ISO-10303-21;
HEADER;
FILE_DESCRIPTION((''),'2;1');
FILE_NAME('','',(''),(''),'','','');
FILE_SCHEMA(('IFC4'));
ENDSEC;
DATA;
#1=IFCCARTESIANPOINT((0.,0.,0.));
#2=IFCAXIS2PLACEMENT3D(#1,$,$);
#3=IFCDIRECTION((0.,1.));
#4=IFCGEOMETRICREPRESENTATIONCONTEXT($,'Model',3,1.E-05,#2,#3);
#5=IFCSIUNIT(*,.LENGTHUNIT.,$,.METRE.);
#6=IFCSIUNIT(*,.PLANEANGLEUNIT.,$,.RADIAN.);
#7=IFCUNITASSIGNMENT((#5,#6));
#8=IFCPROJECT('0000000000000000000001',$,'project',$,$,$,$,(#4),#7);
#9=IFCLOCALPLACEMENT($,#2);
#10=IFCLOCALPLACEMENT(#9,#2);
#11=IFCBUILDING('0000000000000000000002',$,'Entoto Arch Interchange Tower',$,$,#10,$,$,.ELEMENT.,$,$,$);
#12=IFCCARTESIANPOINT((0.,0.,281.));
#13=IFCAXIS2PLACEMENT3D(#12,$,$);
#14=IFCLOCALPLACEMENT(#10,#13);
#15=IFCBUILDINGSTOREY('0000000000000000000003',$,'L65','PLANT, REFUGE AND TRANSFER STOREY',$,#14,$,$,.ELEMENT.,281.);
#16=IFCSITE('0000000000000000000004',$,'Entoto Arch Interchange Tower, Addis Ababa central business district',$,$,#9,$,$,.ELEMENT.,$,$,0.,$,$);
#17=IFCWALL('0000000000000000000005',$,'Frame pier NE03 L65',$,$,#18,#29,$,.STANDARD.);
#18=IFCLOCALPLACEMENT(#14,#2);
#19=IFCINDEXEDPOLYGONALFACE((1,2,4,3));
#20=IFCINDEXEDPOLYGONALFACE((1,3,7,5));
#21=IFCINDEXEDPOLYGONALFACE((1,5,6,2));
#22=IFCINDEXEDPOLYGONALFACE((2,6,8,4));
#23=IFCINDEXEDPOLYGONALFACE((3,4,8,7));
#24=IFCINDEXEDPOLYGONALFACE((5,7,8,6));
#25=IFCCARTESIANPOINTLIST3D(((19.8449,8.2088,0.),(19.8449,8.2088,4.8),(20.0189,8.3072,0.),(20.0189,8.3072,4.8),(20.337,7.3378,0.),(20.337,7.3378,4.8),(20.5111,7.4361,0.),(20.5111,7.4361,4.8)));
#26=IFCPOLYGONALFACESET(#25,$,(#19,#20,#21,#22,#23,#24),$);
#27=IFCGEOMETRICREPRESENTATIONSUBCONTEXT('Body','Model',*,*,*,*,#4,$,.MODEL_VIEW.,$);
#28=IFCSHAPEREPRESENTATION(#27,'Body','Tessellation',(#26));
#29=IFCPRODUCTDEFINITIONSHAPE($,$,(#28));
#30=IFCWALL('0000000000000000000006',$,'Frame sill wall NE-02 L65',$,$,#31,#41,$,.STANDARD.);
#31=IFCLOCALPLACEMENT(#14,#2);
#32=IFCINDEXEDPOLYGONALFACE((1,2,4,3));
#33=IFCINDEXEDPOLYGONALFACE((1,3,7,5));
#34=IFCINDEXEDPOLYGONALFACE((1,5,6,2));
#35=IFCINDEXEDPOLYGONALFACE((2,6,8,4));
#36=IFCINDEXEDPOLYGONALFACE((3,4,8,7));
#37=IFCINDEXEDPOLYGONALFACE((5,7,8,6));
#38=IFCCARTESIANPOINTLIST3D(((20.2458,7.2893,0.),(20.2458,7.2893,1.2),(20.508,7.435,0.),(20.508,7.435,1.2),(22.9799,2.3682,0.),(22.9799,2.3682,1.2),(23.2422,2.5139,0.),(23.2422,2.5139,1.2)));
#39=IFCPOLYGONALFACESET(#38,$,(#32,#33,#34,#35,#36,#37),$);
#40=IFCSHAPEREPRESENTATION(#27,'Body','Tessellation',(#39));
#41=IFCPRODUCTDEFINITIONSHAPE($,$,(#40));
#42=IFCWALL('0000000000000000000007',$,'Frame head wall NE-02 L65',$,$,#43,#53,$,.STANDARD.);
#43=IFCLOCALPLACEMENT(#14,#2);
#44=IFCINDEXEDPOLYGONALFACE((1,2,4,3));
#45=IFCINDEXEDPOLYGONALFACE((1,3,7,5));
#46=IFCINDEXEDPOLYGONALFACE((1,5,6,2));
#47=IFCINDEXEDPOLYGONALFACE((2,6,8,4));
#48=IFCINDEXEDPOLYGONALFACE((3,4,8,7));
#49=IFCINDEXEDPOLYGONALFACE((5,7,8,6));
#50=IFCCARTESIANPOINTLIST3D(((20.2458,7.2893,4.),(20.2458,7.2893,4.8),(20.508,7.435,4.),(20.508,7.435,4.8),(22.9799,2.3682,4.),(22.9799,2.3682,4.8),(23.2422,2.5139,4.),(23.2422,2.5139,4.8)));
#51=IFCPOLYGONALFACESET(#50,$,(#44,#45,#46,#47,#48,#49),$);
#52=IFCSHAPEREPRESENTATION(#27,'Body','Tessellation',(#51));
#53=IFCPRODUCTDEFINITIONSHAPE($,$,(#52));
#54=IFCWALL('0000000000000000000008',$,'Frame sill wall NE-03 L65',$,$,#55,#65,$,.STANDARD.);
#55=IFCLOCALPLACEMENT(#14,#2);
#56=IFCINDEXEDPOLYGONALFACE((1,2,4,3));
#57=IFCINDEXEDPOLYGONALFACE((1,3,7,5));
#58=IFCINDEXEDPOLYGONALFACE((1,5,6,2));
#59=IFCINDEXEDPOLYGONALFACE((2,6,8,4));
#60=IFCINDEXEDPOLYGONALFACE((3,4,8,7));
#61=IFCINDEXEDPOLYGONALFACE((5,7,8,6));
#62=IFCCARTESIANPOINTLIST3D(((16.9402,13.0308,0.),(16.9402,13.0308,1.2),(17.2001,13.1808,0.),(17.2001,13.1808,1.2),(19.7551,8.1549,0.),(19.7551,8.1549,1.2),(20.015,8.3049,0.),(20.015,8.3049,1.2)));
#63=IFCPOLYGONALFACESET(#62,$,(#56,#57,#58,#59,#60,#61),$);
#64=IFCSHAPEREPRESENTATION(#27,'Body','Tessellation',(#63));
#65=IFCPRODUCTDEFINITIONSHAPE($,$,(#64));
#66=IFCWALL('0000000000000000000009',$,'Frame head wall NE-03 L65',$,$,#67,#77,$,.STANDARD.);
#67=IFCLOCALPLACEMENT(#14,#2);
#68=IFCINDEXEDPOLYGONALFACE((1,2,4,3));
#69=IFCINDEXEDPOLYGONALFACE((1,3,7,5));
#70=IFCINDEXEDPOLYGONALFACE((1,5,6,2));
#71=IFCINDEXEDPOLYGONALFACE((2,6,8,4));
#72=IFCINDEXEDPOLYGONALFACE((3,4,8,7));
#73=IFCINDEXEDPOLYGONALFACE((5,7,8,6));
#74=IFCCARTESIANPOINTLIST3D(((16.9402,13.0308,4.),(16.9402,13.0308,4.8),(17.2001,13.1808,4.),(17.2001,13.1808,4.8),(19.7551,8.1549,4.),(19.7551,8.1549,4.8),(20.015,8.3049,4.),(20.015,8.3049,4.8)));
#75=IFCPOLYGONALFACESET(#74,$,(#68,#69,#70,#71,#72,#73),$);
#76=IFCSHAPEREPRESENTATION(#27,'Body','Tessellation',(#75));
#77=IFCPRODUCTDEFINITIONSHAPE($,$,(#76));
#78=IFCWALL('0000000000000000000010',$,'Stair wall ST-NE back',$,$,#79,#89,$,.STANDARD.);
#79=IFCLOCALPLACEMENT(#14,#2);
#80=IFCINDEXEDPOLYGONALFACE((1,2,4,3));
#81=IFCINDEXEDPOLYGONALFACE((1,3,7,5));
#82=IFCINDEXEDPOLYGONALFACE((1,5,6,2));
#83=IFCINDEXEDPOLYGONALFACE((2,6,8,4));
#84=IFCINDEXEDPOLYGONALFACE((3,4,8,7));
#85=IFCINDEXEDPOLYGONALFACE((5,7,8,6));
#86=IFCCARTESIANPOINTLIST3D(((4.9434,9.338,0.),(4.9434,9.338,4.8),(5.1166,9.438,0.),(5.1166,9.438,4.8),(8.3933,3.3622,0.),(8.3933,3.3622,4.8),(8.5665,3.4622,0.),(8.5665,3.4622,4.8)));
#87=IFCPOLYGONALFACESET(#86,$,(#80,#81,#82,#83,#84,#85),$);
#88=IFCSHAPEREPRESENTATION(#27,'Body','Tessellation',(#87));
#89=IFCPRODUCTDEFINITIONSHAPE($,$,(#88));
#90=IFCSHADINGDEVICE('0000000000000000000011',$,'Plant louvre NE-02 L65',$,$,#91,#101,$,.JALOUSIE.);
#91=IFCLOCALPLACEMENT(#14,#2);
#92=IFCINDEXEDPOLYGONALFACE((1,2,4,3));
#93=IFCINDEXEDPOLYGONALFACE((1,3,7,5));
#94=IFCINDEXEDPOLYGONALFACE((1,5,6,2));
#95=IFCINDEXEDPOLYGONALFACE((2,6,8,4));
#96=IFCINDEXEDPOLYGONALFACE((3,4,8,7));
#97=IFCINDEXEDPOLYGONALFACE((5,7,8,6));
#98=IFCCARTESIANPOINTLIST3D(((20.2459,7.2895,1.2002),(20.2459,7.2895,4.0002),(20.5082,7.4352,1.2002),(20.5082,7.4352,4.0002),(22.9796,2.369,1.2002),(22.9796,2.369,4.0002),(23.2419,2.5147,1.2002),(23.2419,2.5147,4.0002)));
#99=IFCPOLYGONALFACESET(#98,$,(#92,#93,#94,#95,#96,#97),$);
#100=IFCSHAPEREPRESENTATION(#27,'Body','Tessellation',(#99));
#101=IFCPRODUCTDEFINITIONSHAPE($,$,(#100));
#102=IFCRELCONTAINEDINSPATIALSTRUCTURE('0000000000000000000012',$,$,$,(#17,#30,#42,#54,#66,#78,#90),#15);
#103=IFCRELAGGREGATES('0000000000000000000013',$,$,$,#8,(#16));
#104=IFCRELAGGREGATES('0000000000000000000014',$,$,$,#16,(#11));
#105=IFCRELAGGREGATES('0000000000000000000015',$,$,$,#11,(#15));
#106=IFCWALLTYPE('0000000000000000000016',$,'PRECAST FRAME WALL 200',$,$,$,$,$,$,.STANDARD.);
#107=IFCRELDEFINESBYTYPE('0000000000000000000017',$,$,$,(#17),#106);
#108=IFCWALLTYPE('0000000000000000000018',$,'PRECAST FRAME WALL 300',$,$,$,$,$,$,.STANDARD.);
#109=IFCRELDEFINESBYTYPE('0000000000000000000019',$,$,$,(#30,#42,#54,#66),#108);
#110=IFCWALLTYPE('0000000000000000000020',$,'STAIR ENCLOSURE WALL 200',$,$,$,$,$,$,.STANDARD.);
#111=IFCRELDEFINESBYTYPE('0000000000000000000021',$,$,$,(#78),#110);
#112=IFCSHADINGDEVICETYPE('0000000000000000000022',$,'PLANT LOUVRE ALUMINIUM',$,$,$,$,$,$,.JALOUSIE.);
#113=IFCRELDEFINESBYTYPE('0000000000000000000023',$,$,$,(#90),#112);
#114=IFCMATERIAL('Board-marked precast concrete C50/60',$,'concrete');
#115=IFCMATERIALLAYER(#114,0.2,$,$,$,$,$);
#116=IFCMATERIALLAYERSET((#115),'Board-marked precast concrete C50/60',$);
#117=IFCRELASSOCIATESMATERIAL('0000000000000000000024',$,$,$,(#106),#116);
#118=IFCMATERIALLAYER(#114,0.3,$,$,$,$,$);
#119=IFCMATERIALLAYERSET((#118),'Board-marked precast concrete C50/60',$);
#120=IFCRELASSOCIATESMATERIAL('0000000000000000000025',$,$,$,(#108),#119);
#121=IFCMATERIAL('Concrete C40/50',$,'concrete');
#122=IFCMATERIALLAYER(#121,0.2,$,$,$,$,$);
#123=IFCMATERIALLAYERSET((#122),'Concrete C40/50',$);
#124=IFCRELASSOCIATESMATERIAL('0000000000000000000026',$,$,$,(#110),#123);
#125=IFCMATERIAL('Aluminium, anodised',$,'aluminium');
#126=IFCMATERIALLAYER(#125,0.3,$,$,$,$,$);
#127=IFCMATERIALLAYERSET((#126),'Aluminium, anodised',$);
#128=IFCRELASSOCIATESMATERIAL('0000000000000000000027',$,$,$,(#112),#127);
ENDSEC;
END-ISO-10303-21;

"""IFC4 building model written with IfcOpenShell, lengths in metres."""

from ifc_helpers import new_model, si_unit, direction, frame, frame_2d, origin, origin_2d, place, context, subcontext, project, spatial, rectangle, extrude, material, layer, layer_set, type_object, element, save


model = new_model("IFC4")

# Units and contexts
model_context = context("Model", 3, precision=1e-05, world=origin(), true_north=direction((0.0, 1.0)))
body_context = subcontext(model_context, "Body", "Model", "MODEL_VIEW")
ifc_project = project(units=[si_unit("LENGTHUNIT", "METRE"), si_unit("PLANEANGLEUNIT", "RADIAN")], contexts=[model_context])

# Site, building, storey
site_placement = place(None, origin())
site = spatial("IfcSite", under=ifc_project, at=site_placement, Name="Entoto Arch Interchange Tower, Addis Ababa central business district", CompositionType="ELEMENT", RefElevation=0.0)
building_placement = place(site_placement, origin())
building = spatial("IfcBuilding", under=site, at=building_placement, Name="Entoto Arch Interchange Tower", CompositionType="ELEMENT")
storey_placement = place(building_placement, frame((0.0, 0.0, 281.0)))
storey = spatial("IfcBuildingStorey", under=building, at=storey_placement, Name="L65", Description="PLANT, REFUGE AND TRANSFER STOREY", CompositionType="ELEMENT", Elevation=281.0)

# Shared definitions
ifc_material_1 = material(Name="Concrete C40/50", Category="concrete")

# Walls
ifc_material_2 = material(Name="Board-marked precast concrete C50/60", Category="concrete")
ifc_layer_1 = layer(ifc_material_2, 0.2)
ifc_layer_set_1 = layer_set([ifc_layer_1], Name="Board-marked precast concrete C50/60")
wall_type_1 = type_object("IfcWallType", Name="PRECAST FRAME WALL 200", PredefinedType="STANDARD", material=ifc_layer_set_1)
for number, where, z_axis, x_axis, name in (
    (1, (20.4241, 7.387, 0.0), (0.0, 0.0, 1.0), (-0.491929, 0.870636, 0.0), "Frame pier NE03 L65"),
):
    element("IfcWall", number, at=place(storey_placement, frame(where, z_axis=z_axis, x_axis=x_axis)), inside=storey, type_object=wall_type_1, Name=name, PredefinedType="STANDARD", context=body_context, shape_type="SweptSolid", body=[
        extrude(rectangle(XDim=1.0005, YDim=0.2, at=frame_2d((0.5002, 0.0))), origin(), (0.0, 0.0, 1.0), 4.8),
    ])
ifc_layer_2 = layer(ifc_material_2, 0.3)
ifc_layer_set_2 = layer_set([ifc_layer_2], Name="Board-marked precast concrete C50/60")
wall_type_2 = type_object("IfcWallType", Name="PRECAST FRAME WALL 300", PredefinedType="STANDARD", material=ifc_layer_set_2)
wall_1_placement = place(storey_placement, frame((23.1111, 2.4409, 0.0), z_axis=(0.0, 0.0, 1.0), x_axis=(-0.485665, 0.874145, 0.0)))
element("IfcWall", 2, at=wall_1_placement, inside=storey, type_object=wall_type_2, Name="Frame sill wall NE-02 L65", PredefinedType="STANDARD", context=body_context, shape_type="SweptSolid", body=[
    extrude(rectangle(XDim=5.6296, YDim=0.3, at=frame_2d((2.8149, 0.0))), origin(), (0.0, 0.0, 1.0), 1.2),
])
wall_2_placement = place(storey_placement, frame((23.1111, 2.4409, 4.0), z_axis=(0.0, 0.0, 1.0), x_axis=(-0.485665, 0.874145, 0.0)))
element("IfcWall", 3, at=wall_2_placement, inside=storey, type_object=wall_type_2, Name="Frame head wall NE-02 L65", PredefinedType="STANDARD", context=body_context, shape_type="SweptSolid", body=[
    extrude(rectangle(XDim=5.6296, YDim=0.3, at=frame_2d((2.8149, 0.0))), origin(), (0.0, 0.0, 1.0), 0.8),
])
wall_3_placement = place(storey_placement, frame((19.885, 8.23, 0.0), z_axis=(0.0, 0.0, 1.0), x_axis=(-0.499973, 0.866041, 0.0)))
element("IfcWall", 4, at=wall_3_placement, inside=storey, type_object=wall_type_2, Name="Frame sill wall NE-03 L65", PredefinedType="STANDARD", context=body_context, shape_type="SweptSolid", body=[
    extrude(rectangle(XDim=5.6301, YDim=0.3, at=frame_2d((2.8149, 0.0))), origin(), (0.0, 0.0, 1.0), 1.2),
])
wall_4_placement = place(storey_placement, frame((19.885, 8.23, 4.0), z_axis=(0.0, 0.0, 1.0), x_axis=(-0.499973, 0.866041, 0.0)))
element("IfcWall", 5, at=wall_4_placement, inside=storey, type_object=wall_type_2, Name="Frame head wall NE-03 L65", PredefinedType="STANDARD", context=body_context, shape_type="SweptSolid", body=[
    extrude(rectangle(XDim=5.6301, YDim=0.3, at=frame_2d((2.8149, 0.0))), origin(), (0.0, 0.0, 1.0), 0.8),
])
ifc_layer_3 = layer(ifc_material_1, 0.2)
ifc_layer_set_3 = layer_set([ifc_layer_3], Name="Concrete C40/50")
wall_type_3 = type_object("IfcWallType", Name="STAIR ENCLOSURE WALL 200", PredefinedType="STANDARD", material=ifc_layer_set_3)
wall_5_placement = place(storey_placement, frame((8.48, 3.4121, 0.0), z_axis=(0.0, 0.0, 1.0), x_axis=(-0.499979, 0.866038, 0.0)))
element("IfcWall", 6, at=wall_5_placement, inside=storey, type_object=wall_type_3, Name="Stair wall ST-NE back", PredefinedType="STANDARD", context=body_context, shape_type="SweptSolid", body=[
    extrude(rectangle(XDim=6.9001, YDim=0.2, at=frame_2d((3.4502, 0.0))), origin(), (0.0, 0.0, 1.0), 4.8),
])

# Shading device
ifc_material_3 = material(Name="Aluminium, anodised", Category="aluminium")
ifc_layer_4 = layer(ifc_material_3, 0.3)
ifc_layer_set_4 = layer_set([ifc_layer_4], Name="Aluminium, anodised")
shading_device_type = type_object("IfcShadingDeviceType", Name="PLANT LOUVRE ALUMINIUM", PredefinedType="JALOUSIE", material=ifc_layer_set_4)
shading_device_placement = place(storey_placement, frame((21.7439, 4.9021, 1.2002), z_axis=(0.0, 0.0, 1.0), x_axis=(-0.485664, 0.874145, 0.0)))
element("IfcShadingDevice", 7, at=shading_device_placement, inside=storey, type_object=shading_device_type, Name="Plant louvre NE-02 L65", PredefinedType="JALOUSIE", context=body_context, shape_type="SweptSolid", body=[
    extrude(rectangle(XDim=5.6289, YDim=0.3, at=origin_2d()), origin(), (0.0, 0.0, 1.0), 2.8),
])

save(model, "model.ifc")
